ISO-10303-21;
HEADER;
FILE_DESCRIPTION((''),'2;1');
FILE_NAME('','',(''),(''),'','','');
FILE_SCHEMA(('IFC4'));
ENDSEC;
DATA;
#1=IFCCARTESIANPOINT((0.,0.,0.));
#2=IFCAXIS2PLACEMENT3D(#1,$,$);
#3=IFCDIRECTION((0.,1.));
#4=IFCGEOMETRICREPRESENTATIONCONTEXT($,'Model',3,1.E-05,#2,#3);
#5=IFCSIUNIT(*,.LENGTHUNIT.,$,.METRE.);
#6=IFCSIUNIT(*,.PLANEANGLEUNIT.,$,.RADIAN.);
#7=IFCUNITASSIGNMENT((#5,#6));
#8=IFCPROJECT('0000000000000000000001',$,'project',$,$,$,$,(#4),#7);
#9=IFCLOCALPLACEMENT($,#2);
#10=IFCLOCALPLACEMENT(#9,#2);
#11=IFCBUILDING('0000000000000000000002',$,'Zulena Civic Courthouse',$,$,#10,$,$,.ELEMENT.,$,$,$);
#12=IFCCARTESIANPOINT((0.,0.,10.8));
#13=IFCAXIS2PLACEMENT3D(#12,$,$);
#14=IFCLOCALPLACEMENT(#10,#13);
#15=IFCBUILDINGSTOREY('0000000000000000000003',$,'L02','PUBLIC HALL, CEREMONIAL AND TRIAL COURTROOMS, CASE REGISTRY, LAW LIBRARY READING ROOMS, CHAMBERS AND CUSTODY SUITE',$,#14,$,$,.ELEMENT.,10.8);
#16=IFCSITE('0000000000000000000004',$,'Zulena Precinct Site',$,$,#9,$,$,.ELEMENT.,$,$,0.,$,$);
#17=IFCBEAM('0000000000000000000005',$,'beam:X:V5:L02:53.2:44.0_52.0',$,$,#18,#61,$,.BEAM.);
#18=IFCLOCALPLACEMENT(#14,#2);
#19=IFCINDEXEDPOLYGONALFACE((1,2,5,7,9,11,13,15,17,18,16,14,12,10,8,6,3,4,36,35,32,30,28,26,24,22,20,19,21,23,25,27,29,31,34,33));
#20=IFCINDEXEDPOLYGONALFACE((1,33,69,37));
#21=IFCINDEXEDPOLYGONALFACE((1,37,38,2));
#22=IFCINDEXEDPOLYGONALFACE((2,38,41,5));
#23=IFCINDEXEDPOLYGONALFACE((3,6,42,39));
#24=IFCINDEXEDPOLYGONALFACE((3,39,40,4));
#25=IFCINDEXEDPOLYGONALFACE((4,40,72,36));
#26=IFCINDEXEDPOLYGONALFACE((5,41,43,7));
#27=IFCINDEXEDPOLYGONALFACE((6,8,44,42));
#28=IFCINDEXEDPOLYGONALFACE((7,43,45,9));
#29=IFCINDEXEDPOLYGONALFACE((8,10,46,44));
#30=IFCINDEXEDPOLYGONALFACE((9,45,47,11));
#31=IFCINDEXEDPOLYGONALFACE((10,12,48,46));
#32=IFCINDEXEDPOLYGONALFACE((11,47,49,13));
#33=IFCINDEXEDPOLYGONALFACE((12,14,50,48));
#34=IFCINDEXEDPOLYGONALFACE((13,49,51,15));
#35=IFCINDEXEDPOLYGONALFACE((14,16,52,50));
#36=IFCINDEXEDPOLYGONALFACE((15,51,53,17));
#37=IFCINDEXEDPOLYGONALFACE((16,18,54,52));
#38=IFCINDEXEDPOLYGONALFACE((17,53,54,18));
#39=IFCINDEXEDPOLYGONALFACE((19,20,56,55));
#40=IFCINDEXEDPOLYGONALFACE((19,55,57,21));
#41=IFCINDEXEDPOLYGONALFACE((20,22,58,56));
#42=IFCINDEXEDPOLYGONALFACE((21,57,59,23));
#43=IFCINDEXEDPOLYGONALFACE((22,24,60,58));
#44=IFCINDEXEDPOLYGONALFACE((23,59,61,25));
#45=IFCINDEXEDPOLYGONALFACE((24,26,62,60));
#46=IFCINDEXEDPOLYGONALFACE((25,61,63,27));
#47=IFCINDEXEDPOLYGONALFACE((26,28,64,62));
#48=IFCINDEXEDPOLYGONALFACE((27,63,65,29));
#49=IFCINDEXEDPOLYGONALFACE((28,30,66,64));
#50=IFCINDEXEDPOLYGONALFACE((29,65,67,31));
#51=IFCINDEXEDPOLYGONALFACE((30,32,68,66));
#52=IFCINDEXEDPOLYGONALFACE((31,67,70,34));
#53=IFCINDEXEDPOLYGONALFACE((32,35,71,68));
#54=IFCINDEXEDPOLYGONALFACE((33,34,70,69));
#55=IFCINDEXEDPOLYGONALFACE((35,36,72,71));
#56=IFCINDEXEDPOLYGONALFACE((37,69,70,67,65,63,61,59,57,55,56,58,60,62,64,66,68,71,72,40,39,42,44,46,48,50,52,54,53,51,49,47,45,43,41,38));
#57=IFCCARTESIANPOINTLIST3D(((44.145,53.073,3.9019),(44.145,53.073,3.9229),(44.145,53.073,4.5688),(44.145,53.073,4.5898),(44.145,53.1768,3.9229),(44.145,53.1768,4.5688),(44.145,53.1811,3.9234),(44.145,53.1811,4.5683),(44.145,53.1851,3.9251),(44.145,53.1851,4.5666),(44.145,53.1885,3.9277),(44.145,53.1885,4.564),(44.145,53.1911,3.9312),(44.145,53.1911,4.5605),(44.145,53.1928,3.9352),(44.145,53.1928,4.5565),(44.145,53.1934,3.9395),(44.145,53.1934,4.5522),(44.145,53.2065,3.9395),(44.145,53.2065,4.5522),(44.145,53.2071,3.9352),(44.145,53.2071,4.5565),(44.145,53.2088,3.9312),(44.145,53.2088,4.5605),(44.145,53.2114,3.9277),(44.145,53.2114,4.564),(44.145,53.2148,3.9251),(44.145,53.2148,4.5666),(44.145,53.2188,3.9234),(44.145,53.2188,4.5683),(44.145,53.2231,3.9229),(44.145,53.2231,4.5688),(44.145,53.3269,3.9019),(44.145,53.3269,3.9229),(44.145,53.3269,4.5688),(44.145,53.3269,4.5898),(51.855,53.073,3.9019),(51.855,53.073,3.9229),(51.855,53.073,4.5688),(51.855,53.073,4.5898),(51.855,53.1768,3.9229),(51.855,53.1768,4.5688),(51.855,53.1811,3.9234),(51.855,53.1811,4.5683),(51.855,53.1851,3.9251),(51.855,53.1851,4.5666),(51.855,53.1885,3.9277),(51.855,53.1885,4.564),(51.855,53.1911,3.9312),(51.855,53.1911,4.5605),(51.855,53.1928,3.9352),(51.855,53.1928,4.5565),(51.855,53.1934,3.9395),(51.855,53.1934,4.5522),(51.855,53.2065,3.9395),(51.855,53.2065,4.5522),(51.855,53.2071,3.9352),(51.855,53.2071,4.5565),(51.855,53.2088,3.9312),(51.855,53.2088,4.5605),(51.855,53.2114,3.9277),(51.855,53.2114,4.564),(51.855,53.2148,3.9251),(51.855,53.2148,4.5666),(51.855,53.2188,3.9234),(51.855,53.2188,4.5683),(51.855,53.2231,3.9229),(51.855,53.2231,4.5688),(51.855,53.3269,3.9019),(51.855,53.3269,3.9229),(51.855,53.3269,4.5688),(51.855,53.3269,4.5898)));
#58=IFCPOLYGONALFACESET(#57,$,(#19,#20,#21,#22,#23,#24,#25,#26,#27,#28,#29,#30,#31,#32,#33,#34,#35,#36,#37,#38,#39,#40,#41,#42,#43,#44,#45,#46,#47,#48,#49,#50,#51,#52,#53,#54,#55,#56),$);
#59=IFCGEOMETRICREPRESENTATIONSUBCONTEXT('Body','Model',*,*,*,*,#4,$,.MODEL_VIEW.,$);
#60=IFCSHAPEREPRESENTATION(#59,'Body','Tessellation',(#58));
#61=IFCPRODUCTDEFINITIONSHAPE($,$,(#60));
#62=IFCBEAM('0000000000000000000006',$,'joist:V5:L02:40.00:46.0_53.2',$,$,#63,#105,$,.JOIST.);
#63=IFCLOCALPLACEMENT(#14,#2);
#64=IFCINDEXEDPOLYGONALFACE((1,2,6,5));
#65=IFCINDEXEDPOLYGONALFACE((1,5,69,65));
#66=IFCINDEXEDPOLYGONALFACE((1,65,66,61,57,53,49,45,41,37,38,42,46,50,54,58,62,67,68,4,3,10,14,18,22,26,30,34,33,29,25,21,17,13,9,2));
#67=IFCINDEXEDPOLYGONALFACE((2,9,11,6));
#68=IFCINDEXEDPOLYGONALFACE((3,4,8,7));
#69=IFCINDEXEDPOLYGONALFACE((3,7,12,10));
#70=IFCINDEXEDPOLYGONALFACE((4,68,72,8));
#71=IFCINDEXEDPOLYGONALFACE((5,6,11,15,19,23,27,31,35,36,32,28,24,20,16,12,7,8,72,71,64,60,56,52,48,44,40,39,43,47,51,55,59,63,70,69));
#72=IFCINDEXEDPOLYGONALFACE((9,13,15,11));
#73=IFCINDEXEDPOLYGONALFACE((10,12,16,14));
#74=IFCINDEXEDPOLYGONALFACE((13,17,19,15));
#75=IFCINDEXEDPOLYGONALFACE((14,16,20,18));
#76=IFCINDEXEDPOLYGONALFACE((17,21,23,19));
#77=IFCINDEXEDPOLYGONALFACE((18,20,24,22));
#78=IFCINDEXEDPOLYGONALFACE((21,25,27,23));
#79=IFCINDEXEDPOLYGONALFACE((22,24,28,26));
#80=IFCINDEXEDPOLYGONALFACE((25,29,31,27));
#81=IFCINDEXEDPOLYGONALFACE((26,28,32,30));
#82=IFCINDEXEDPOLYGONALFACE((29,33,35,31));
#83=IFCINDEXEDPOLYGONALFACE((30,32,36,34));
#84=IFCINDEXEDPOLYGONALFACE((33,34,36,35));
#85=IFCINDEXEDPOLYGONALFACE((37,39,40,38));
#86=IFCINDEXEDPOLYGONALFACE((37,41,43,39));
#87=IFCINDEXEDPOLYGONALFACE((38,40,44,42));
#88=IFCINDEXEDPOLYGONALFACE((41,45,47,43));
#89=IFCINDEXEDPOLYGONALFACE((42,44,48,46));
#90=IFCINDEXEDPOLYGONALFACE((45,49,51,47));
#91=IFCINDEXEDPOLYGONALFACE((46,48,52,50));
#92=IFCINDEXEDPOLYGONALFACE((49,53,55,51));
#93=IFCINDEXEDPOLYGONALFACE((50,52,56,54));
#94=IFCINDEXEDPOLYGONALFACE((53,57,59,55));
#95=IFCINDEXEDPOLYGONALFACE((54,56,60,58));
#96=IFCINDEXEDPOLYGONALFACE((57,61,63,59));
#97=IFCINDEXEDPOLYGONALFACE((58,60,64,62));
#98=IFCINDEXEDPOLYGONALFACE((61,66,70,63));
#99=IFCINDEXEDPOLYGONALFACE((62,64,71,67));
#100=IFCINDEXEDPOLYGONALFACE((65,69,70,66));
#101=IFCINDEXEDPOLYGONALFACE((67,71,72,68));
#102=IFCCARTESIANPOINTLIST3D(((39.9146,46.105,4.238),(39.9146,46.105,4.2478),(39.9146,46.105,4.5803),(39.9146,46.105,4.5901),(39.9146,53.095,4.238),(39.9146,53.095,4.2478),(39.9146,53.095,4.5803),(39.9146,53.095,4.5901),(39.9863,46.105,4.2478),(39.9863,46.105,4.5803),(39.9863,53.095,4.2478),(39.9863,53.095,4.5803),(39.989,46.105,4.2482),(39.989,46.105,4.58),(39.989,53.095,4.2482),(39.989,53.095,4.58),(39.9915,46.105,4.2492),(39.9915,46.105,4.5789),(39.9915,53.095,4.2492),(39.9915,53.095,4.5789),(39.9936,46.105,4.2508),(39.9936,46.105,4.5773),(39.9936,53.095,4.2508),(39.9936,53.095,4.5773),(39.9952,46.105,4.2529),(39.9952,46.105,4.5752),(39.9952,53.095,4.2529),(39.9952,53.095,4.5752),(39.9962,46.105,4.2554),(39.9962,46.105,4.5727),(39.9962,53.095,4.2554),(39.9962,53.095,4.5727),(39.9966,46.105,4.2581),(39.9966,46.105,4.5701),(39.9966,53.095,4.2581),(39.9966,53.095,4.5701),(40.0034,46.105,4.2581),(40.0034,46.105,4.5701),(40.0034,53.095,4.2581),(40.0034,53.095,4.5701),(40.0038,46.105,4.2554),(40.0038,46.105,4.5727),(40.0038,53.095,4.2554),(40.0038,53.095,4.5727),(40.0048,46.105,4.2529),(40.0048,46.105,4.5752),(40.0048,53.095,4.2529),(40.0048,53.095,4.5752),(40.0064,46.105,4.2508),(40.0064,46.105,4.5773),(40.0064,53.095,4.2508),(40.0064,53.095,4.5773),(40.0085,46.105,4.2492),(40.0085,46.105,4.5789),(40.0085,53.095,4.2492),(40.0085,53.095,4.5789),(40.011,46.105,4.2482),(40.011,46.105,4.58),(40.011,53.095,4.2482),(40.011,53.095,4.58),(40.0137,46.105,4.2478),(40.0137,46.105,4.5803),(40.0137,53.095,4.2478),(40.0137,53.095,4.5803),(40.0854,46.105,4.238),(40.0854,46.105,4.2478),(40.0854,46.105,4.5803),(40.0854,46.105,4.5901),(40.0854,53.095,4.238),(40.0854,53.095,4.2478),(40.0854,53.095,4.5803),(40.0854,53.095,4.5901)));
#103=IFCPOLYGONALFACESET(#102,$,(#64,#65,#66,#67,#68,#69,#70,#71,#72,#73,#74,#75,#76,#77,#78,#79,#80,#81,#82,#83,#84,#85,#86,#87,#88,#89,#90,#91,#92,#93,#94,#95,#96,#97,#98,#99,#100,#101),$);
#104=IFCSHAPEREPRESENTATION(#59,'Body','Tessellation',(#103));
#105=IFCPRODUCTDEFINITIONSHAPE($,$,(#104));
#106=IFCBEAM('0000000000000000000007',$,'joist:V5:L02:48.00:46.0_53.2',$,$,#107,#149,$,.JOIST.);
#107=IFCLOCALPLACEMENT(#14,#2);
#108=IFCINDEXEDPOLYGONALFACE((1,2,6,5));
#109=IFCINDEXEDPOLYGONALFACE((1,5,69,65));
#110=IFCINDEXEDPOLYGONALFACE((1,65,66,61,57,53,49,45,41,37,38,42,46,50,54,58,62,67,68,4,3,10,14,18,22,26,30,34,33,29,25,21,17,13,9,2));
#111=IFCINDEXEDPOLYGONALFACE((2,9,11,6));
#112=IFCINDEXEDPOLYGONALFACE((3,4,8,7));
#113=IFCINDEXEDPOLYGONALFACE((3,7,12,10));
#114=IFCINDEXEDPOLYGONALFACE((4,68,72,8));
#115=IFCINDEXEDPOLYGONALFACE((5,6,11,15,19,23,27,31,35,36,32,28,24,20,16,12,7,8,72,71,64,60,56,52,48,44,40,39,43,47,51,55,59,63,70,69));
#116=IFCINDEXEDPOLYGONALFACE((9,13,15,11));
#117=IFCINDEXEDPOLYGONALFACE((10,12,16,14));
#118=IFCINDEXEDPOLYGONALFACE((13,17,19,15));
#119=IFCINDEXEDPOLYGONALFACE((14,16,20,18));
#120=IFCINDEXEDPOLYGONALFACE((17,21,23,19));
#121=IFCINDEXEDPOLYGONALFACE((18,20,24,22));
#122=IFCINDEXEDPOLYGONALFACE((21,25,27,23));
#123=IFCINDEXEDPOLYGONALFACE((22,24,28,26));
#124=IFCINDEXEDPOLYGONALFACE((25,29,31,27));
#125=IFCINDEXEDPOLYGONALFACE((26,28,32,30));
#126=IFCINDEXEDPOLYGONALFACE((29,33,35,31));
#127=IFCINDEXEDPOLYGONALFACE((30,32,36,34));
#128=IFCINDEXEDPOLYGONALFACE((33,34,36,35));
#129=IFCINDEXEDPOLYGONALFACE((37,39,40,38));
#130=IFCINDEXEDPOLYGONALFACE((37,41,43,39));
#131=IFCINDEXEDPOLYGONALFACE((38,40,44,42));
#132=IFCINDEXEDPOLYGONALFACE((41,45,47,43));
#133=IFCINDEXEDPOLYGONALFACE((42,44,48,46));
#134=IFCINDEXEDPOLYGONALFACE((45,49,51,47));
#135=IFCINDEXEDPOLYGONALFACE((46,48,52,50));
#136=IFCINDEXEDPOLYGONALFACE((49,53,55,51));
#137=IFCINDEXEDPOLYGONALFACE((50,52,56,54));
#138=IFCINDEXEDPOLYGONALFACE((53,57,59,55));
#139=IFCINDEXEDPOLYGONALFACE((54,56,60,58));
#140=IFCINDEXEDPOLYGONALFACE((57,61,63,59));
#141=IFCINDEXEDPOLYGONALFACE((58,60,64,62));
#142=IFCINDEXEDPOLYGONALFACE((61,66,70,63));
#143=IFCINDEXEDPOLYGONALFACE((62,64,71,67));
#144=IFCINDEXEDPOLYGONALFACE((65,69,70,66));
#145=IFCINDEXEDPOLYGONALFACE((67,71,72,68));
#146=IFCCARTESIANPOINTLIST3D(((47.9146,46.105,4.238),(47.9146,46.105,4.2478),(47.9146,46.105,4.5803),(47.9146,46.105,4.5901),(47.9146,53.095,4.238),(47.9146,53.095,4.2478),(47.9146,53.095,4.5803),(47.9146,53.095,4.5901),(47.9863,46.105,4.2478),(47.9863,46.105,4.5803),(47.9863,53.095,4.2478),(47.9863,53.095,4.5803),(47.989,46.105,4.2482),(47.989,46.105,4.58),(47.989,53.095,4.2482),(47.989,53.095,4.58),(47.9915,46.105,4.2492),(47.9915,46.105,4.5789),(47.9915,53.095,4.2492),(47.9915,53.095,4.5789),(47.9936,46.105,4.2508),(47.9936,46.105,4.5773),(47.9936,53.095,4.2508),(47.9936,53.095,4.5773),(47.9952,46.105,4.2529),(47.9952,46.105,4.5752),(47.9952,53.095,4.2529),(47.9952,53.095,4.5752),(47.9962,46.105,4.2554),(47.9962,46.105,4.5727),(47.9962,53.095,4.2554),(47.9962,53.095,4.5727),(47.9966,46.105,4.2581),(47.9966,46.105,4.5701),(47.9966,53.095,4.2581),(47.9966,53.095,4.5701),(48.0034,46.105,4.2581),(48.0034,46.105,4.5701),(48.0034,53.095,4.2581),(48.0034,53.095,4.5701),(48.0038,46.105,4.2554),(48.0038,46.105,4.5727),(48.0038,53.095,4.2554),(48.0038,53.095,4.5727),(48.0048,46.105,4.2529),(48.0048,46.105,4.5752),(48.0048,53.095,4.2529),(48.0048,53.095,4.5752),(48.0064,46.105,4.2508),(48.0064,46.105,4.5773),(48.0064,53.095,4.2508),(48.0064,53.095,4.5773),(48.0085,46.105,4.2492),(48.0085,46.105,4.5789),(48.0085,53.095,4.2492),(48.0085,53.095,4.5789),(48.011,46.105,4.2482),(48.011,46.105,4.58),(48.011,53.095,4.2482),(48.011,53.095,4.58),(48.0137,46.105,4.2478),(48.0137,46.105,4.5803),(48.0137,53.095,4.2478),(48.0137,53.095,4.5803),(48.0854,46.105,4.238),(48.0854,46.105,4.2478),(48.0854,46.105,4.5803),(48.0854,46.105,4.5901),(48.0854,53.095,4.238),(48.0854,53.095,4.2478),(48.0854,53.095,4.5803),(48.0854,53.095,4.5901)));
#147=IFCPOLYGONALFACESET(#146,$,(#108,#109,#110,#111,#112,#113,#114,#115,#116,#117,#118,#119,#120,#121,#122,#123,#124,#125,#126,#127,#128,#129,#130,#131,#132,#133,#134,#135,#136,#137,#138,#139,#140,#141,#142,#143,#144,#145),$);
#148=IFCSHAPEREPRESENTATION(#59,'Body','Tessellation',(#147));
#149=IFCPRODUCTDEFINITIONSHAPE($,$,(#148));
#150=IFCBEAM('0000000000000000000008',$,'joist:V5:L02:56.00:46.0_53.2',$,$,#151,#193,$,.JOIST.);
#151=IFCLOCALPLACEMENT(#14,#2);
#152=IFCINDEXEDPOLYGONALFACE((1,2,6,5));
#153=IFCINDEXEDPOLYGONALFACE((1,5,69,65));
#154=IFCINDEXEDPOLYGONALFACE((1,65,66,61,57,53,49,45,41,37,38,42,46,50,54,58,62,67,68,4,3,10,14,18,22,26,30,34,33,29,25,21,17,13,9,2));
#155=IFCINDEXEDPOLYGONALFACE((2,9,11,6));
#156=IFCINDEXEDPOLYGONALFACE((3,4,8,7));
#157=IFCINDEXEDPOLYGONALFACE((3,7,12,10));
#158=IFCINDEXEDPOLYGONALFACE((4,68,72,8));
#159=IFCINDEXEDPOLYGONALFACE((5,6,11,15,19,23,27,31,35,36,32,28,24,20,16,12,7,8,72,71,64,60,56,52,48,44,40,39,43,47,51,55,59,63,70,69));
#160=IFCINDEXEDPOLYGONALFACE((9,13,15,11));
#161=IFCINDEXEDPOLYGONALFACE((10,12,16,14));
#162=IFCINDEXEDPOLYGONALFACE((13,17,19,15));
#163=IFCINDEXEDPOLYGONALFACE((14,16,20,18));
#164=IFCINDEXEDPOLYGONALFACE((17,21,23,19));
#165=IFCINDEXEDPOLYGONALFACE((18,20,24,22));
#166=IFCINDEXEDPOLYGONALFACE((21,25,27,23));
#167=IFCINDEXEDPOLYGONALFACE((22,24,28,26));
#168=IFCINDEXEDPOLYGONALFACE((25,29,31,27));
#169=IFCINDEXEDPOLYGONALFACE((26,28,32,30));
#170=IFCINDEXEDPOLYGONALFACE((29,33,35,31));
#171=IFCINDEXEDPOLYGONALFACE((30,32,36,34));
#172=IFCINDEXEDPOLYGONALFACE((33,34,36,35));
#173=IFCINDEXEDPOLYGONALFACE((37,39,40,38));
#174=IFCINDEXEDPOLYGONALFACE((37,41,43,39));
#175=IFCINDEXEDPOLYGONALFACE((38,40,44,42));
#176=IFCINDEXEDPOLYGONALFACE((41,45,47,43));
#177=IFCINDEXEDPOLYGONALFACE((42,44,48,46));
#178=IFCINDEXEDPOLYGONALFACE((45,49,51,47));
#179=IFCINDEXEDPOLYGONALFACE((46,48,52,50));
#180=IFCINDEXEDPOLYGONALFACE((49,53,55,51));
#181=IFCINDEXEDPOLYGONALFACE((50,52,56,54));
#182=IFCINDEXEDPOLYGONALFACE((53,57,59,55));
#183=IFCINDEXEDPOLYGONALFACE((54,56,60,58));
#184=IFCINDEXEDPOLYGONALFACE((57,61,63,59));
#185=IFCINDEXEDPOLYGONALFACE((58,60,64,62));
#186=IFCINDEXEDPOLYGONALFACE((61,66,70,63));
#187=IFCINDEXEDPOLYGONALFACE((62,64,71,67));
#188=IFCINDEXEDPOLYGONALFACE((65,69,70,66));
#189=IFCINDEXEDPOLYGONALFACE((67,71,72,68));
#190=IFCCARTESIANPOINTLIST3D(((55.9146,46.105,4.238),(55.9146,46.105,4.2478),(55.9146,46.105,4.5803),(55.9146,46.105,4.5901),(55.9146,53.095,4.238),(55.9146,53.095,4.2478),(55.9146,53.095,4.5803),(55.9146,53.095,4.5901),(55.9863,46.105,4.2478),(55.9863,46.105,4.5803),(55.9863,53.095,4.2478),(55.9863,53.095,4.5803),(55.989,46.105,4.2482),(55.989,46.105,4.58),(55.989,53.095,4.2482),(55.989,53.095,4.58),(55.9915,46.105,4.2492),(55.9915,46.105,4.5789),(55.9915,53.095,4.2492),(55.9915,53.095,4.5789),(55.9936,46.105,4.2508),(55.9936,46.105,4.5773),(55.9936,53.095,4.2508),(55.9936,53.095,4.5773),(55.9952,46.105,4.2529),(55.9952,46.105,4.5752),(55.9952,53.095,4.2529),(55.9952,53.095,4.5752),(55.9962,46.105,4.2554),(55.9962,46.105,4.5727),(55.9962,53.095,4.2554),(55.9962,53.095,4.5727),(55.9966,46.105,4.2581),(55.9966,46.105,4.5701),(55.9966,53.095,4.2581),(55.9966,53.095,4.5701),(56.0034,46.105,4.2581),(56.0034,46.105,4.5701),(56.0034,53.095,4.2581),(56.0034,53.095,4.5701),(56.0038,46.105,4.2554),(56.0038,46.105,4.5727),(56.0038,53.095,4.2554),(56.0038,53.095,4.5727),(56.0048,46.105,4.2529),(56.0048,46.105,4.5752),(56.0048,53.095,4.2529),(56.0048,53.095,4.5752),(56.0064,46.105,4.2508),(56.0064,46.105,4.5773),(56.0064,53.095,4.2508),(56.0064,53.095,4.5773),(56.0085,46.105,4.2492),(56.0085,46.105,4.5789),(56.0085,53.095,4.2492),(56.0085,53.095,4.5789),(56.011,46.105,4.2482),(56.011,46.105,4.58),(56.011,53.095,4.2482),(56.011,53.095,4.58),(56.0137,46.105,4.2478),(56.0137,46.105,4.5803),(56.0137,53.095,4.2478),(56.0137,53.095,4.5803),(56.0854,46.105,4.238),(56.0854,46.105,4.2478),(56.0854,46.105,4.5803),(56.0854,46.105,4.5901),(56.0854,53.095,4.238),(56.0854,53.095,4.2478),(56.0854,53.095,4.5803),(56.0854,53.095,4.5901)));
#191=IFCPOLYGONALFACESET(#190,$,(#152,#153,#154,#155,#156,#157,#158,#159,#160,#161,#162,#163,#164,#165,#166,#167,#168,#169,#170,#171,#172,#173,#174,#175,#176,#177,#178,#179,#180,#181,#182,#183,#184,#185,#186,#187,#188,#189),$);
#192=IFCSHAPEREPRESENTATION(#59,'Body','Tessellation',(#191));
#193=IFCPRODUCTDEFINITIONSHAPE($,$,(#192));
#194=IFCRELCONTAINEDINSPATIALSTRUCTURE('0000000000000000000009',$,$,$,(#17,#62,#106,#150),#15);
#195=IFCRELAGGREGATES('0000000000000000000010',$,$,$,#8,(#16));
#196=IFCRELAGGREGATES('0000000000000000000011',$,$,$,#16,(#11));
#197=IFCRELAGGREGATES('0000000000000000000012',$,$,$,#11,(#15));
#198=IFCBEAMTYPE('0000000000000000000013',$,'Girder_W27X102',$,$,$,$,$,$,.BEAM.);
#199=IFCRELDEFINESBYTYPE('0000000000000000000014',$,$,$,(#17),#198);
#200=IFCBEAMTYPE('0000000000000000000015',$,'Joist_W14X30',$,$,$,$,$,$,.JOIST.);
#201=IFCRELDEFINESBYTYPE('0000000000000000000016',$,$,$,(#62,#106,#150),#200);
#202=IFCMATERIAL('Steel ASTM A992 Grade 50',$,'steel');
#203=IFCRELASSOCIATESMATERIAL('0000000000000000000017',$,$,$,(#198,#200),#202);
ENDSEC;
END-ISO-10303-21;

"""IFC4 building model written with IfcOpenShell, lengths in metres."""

from ifc_helpers import new_model, si_unit, direction, frame, origin, origin_2d, place, context, subcontext, project, spatial, i_section, extrude, material, material_profile, profile_set, type_object, element, save


model = new_model("IFC4")

# Units and contexts
model_context = context("Model", 3, precision=1e-05, world=origin(), true_north=direction((0.0, 1.0)))
body_context = subcontext(model_context, "Body", "Model", "MODEL_VIEW")
ifc_project = project(units=[si_unit("LENGTHUNIT", "METRE"), si_unit("PLANEANGLEUNIT", "RADIAN")], contexts=[model_context])

# Site, building, storey
site_placement = place(None, origin())
site = spatial("IfcSite", under=ifc_project, at=site_placement, Name="Zulena Precinct Site", CompositionType="ELEMENT", RefElevation=0.0)
building_placement = place(site_placement, origin())
building = spatial("IfcBuilding", under=site, at=building_placement, Name="Zulena Civic Courthouse", CompositionType="ELEMENT")
storey_placement = place(building_placement, frame((0.0, 0.0, 10.8)))
storey = spatial("IfcBuildingStorey", under=building, at=storey_placement, Name="L02", Description="PUBLIC HALL, CEREMONIAL AND TRIAL COURTROOMS, CASE REGISTRY, LAW LIBRARY READING ROOMS, CHAMBERS AND CUSTODY SUITE", CompositionType="ELEMENT", Elevation=10.8)

# Shared definitions
ifc_material_1 = material(Name="Steel ASTM A992 Grade 50", Category="steel")

# Beams
ifc_material_profile_1 = material_profile(ifc_material_1, i_section(OverallWidth=0.2539, OverallDepth=0.688, WebThickness=0.0132, FlangeThickness=0.021, FilletRadius=0.0166, at=origin_2d()), Name="W27X102")
ifc_profile_set_1 = profile_set([ifc_material_profile_1], Name="Steel ASTM A992 Grade 50")
beam_type_1 = type_object("IfcBeamType", Name="Girder_W27X102", PredefinedType="BEAM", material=ifc_profile_set_1)
for number, where, z_axis, x_axis, name in (
    (1, (44.145, 53.2, 4.2458), (1.0, 0.0, 0.0), (0.0, 1.0, 0.0), "beam:X:V5:L02:53.2:44.0_52.0"),
):
    element("IfcBeam", number, at=place(storey_placement, frame(where, z_axis=z_axis, x_axis=x_axis)), inside=storey, type_object=beam_type_1, Name=name, PredefinedType="BEAM", context=body_context, shape_type="SweptSolid", body=[
        extrude(i_section(OverallWidth=0.2539, OverallDepth=0.688, WebThickness=0.0132, FlangeThickness=0.021, FilletRadius=0.0166, at=origin_2d()), origin(), (0.0, 0.0, 1.0), 7.71),
    ])
ifc_material_profile_2 = material_profile(ifc_material_1, i_section(OverallWidth=0.1709, OverallDepth=0.3521, WebThickness=0.0068, FlangeThickness=0.0098, FilletRadius=0.0103, at=origin_2d()), Name="W14X30")
ifc_profile_set_2 = profile_set([ifc_material_profile_2], Name="Steel ASTM A992 Grade 50")
beam_type_2 = type_object("IfcBeamType", Name="Joist_W14X30", PredefinedType="JOIST", material=ifc_profile_set_2)
for number, where, z_axis, x_axis, name in (
    (2, (40.0, 46.105, 4.4141), (0.0, 1.0, 0.0), (-1.0, 0.0, 0.0), "joist:V5:L02:40.00:46.0_53.2"),
    (3, (48.0, 46.105, 4.4141), (0.0, 1.0, 0.0), (-1.0, 0.0, 0.0), "joist:V5:L02:48.00:46.0_53.2"),
    (4, (56.0, 46.105, 4.4141), (0.0, 1.0, 0.0), (-1.0, 0.0, 0.0), "joist:V5:L02:56.00:46.0_53.2"),
):
    element("IfcBeam", number, at=place(storey_placement, frame(where, z_axis=z_axis, x_axis=x_axis)), inside=storey, type_object=beam_type_2, Name=name, PredefinedType="JOIST", context=body_context, shape_type="SweptSolid", body=[
        extrude(i_section(OverallWidth=0.1709, OverallDepth=0.3521, WebThickness=0.0068, FlangeThickness=0.0098, FilletRadius=0.0103, at=origin_2d()), origin(), (0.0, 0.0, 1.0), 6.99),
    ])

save(model, "model.ifc")
